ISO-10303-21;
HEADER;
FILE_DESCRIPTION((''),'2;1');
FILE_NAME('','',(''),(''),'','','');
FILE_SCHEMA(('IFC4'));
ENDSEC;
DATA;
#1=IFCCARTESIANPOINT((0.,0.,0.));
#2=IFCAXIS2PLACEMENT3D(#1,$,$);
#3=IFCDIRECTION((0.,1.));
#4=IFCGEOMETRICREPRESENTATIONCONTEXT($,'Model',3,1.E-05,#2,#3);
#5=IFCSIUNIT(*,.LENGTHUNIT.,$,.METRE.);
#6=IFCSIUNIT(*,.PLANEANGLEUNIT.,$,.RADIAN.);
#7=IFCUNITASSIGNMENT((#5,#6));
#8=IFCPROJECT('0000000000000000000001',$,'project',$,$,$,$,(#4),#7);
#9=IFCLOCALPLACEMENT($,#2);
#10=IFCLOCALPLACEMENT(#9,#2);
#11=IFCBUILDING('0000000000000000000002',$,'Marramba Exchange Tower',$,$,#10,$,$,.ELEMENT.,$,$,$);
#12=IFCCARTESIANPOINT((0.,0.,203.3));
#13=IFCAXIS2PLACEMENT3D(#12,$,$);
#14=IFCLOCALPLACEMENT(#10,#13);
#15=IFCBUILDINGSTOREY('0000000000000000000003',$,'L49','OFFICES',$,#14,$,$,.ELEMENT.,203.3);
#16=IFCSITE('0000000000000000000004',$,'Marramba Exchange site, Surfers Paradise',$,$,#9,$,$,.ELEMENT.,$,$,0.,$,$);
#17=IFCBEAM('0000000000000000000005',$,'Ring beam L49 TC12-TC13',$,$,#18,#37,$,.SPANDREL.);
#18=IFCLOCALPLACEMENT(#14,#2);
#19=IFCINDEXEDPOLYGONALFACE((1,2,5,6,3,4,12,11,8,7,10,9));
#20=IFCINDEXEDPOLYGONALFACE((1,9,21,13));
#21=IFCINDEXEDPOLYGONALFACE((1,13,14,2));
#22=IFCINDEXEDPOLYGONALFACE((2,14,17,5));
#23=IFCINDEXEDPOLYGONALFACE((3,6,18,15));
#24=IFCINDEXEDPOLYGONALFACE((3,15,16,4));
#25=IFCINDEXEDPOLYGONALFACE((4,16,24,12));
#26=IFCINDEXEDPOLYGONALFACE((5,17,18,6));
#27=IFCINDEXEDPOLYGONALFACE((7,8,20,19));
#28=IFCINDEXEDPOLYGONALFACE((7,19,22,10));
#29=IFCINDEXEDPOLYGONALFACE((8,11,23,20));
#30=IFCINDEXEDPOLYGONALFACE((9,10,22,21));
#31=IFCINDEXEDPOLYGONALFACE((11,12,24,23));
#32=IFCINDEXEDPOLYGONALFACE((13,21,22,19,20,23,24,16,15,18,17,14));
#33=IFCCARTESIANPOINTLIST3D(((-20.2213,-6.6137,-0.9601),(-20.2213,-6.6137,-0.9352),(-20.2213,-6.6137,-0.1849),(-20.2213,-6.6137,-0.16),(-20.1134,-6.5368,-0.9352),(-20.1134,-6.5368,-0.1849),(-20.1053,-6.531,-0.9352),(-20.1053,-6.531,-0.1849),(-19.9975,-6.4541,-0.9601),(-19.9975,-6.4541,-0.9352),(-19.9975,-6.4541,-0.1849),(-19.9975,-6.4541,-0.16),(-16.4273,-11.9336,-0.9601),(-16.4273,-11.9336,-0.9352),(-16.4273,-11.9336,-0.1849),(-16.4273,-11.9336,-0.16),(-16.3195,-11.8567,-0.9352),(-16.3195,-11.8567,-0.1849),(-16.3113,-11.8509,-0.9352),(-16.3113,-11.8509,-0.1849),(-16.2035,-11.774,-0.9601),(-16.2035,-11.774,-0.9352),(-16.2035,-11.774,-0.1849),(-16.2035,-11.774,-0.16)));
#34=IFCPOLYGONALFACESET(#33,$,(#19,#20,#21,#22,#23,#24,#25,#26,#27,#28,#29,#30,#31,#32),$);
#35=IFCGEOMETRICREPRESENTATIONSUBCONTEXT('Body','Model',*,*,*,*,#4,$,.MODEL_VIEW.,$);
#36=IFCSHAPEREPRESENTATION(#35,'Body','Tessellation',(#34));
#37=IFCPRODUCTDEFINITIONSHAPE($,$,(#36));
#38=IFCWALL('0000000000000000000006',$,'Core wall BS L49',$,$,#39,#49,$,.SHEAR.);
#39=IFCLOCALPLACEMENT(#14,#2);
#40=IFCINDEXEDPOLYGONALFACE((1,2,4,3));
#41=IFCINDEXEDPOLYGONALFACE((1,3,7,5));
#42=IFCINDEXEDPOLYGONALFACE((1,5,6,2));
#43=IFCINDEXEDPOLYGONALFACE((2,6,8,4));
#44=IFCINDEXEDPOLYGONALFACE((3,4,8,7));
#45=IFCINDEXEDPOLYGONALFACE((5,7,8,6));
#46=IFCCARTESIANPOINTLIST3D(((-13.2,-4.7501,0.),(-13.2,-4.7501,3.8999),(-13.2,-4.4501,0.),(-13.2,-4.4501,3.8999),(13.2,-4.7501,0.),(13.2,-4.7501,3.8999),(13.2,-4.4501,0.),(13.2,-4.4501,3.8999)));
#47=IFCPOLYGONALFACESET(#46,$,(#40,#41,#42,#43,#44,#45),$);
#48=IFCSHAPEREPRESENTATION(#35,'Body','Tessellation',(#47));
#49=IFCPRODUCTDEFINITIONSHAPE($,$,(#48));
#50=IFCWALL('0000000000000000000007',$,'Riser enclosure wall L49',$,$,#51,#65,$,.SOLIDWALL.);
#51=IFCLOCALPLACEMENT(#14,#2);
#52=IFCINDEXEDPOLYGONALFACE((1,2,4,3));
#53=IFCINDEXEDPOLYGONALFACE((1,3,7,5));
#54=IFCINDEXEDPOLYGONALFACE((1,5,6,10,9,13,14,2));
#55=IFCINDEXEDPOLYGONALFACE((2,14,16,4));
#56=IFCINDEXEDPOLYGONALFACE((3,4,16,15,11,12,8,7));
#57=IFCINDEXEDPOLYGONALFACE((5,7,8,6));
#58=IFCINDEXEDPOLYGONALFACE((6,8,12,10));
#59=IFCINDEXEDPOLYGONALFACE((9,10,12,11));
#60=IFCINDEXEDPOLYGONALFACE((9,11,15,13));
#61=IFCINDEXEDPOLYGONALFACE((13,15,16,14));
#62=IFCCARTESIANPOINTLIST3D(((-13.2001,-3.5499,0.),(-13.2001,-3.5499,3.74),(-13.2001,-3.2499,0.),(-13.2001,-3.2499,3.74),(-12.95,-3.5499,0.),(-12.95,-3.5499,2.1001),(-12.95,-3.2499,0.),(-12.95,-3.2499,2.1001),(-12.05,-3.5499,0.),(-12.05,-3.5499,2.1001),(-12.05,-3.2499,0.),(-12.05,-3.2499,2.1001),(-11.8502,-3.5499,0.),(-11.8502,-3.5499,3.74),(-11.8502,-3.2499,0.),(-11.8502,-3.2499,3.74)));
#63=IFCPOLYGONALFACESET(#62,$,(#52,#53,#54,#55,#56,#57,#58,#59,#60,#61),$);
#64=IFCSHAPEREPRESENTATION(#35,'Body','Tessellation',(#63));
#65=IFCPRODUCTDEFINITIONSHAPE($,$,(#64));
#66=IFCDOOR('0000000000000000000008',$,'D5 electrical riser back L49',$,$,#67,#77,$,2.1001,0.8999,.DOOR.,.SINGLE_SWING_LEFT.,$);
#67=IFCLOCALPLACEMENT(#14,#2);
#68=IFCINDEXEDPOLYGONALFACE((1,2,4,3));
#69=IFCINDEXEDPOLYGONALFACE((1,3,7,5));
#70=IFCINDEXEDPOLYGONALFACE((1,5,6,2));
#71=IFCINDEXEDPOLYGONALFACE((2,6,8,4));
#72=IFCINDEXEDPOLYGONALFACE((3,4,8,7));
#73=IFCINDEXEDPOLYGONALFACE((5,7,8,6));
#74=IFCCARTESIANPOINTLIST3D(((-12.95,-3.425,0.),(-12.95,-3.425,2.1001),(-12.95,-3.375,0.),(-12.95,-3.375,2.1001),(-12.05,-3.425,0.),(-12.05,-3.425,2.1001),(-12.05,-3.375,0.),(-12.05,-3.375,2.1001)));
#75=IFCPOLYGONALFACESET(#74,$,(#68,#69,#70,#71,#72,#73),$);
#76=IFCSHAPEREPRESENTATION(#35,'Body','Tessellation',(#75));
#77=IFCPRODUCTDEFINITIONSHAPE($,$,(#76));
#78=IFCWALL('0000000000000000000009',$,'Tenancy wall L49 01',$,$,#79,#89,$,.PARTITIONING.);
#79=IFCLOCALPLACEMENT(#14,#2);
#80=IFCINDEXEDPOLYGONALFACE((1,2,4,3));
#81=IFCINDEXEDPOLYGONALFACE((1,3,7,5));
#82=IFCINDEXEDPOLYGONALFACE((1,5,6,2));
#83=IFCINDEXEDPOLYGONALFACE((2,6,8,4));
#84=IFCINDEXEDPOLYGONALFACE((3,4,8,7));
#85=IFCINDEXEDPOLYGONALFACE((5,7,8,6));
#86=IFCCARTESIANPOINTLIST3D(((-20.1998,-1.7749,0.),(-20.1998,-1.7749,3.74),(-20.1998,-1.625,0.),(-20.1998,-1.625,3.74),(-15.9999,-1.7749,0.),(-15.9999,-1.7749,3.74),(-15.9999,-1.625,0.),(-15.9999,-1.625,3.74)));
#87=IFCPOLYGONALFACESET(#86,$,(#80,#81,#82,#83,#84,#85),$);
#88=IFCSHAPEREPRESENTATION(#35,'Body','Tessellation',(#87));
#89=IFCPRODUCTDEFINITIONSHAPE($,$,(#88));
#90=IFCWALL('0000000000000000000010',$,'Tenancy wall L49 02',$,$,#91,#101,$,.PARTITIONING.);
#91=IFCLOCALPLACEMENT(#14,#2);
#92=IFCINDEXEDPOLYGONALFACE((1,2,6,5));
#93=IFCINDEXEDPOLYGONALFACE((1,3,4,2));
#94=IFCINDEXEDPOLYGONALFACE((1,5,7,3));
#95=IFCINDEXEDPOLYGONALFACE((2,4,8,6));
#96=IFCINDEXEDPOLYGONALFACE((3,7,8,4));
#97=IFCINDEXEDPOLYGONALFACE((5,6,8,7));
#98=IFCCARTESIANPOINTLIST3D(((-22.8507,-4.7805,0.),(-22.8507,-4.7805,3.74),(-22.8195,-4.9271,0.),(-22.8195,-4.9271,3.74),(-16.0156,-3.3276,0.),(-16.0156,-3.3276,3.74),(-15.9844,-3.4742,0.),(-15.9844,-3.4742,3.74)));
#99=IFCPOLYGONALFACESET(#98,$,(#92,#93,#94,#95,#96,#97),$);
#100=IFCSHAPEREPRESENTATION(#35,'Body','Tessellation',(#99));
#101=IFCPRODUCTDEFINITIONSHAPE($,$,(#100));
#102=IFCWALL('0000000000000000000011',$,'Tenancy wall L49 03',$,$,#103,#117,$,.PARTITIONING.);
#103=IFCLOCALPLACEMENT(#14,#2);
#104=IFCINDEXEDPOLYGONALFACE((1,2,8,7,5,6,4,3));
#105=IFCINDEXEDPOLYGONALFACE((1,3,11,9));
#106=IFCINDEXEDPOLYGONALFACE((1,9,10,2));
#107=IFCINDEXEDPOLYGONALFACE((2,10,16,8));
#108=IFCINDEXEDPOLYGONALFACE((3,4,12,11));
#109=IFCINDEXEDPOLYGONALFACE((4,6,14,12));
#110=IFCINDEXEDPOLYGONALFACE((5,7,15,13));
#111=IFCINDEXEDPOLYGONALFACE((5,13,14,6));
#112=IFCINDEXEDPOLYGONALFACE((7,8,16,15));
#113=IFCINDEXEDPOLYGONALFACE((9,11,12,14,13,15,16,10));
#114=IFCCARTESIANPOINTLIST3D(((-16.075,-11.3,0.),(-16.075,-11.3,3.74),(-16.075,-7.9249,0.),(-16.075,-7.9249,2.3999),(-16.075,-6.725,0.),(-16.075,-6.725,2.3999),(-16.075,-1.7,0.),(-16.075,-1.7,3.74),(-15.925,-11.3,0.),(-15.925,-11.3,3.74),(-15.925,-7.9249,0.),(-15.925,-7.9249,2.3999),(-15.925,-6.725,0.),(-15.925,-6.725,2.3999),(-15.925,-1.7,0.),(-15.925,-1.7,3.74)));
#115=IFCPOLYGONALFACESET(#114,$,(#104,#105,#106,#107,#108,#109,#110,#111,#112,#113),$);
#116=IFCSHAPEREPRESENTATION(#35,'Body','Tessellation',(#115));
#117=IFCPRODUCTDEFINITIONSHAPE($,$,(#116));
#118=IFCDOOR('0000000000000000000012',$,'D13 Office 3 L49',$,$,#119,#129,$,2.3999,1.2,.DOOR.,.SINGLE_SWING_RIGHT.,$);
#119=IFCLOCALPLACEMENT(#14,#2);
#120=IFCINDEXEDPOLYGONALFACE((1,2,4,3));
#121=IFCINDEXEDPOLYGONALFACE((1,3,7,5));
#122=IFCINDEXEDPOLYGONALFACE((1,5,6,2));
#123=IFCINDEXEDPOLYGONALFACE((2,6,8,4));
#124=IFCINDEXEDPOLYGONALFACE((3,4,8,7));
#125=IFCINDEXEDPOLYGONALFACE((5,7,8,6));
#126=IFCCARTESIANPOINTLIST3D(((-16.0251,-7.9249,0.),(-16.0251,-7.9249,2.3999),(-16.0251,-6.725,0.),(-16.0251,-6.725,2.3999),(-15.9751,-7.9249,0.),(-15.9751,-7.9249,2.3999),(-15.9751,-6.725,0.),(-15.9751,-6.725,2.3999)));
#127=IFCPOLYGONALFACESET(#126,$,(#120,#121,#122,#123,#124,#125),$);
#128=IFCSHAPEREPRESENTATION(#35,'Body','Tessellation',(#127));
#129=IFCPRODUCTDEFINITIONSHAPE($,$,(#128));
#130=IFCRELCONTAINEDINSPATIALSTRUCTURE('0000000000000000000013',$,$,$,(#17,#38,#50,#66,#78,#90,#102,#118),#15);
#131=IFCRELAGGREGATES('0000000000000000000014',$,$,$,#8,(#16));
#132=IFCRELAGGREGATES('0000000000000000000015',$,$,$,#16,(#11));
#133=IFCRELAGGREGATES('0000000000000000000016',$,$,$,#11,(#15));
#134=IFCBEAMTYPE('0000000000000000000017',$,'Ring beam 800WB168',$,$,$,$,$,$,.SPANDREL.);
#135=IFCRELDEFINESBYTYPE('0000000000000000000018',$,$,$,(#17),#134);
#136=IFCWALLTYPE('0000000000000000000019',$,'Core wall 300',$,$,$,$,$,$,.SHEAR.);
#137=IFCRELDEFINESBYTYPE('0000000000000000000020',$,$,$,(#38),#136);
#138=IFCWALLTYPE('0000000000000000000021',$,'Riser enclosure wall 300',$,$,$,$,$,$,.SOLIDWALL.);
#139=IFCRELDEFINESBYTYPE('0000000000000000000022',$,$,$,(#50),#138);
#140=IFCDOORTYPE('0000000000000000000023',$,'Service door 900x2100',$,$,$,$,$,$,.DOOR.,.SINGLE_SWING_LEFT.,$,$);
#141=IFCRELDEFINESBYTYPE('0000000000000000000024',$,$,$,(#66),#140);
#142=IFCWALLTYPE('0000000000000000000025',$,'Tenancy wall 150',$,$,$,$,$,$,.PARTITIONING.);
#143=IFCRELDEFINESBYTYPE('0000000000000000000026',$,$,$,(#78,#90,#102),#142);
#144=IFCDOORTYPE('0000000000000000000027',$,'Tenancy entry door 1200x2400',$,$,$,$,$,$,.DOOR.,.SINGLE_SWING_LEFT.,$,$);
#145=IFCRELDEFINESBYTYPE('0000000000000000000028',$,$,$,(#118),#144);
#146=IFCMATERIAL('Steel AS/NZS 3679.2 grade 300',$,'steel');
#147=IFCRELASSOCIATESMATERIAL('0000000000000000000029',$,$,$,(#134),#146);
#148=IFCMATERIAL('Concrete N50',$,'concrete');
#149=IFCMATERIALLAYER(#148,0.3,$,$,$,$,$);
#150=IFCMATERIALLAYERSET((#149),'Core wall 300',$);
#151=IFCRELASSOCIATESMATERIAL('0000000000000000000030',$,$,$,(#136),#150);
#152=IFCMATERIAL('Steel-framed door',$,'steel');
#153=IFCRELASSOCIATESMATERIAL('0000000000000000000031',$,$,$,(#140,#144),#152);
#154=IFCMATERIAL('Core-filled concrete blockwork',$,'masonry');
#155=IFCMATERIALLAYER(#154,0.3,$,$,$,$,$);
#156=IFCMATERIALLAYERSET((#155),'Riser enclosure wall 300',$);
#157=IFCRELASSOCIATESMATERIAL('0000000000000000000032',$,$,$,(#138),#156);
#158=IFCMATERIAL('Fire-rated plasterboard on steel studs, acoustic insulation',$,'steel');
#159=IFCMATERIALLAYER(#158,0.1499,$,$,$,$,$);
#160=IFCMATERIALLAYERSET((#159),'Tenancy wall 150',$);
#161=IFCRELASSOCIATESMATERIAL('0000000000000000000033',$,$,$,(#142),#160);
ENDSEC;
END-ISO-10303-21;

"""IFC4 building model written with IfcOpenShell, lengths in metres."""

from ifc_helpers import new_model, si_unit, direction, frame, frame_2d, origin, origin_2d, place, context, subcontext, project, spatial, rectangle, i_section, extrude, material, layer, layer_set, material_profile, profile_set, type_object, element, fill, save


model = new_model("IFC4")

# Units and contexts
model_context = context("Model", 3, precision=1e-05, world=origin(), true_north=direction((0.0, 1.0)))
body_context = subcontext(model_context, "Body", "Model", "MODEL_VIEW")
ifc_project = project(units=[si_unit("LENGTHUNIT", "METRE"), si_unit("PLANEANGLEUNIT", "RADIAN")], contexts=[model_context])

# Site, building, storey
site_placement = place(None, origin())
site = spatial("IfcSite", under=ifc_project, at=site_placement, Name="Marramba Exchange site, Surfers Paradise", CompositionType="ELEMENT", RefElevation=0.0)
building_placement = place(site_placement, origin())
building = spatial("IfcBuilding", under=site, at=building_placement, Name="Marramba Exchange Tower", CompositionType="ELEMENT")
storey_placement = place(building_placement, frame((0.0, 0.0, 203.3)))
storey = spatial("IfcBuildingStorey", under=building, at=storey_placement, Name="L49", Description="OFFICES", CompositionType="ELEMENT", Elevation=203.3)

# Shared definitions
ifc_material_1 = material(Name="Concrete N50", Category="concrete")

# Beam
ifc_material_2 = material(Name="Steel AS/NZS 3679.2 grade 300", Category="steel")
ifc_material_profile_1 = material_profile(ifc_material_2, i_section(OverallWidth=0.2749, OverallDepth=0.8, WebThickness=0.01, FlangeThickness=0.0249, at=origin_2d()), Name="800WB168")
ifc_profile_set_1 = profile_set([ifc_material_profile_1], Name="Steel AS/NZS 3679.2 grade 300")
beam_type_1 = type_object("IfcBeamType", Name="Ring beam 800WB168", PredefinedType="SPANDREL", material=ifc_profile_set_1)
beam_1_placement = place(storey_placement, frame((-20.1094, -6.5339, -0.5601), z_axis=(0.580637, -0.814162, 0.0), x_axis=(0.814162, 0.580637, 0.0)))
element("IfcBeam", 1, at=beam_1_placement, inside=storey, type_object=beam_type_1, Name="Ring beam L49 TC12-TC13", PredefinedType="SPANDREL", context=body_context, shape_type="SweptSolid", body=[
    extrude(i_section(OverallWidth=0.2749, OverallDepth=0.8, WebThickness=0.01, FlangeThickness=0.0249, at=origin_2d()), origin(), (0.0, 0.0, 1.0), 6.5342),
])

# Shared definitions
ifc_layer_1 = layer(ifc_material_1, 0.3)
ifc_layer_set_1 = layer_set([ifc_layer_1], Name="Core wall 300")
wall_type_1 = type_object("IfcWallType", Name="Core wall 300", PredefinedType="SHEAR", material=ifc_layer_set_1)
ifc_material_3 = material(Name="Steel-framed door", Category="steel")
door_type_1 = type_object("IfcDoorType", Name="Service door 900x2100", OperationType="SINGLE_SWING_LEFT", PredefinedType="DOOR", material=ifc_material_3)

# Wall
wall_1_placement = place(storey_placement, frame((-13.2, -4.6001, 0.0), z_axis=(0.0, 0.0, 1.0), x_axis=(1.0, 0.0, 0.0)))
element("IfcWall", 2, at=wall_1_placement, inside=storey, type_object=wall_type_1, Name="Core wall BS L49", PredefinedType="SHEAR", context=body_context, shape_type="SweptSolid", body=[
    extrude(rectangle(XDim=26.3999, YDim=0.3, at=frame_2d((13.2, 0.0))), origin(), (0.0, 0.0, 1.0), 3.8999),
])

# Wall, opening, door
ifc_material_4 = material(Name="Core-filled concrete blockwork", Category="masonry")
ifc_layer_2 = layer(ifc_material_4, 0.3)
ifc_layer_set_2 = layer_set([ifc_layer_2], Name="Riser enclosure wall 300")
wall_type_2 = type_object("IfcWallType", Name="Riser enclosure wall 300", PredefinedType="SOLIDWALL", material=ifc_layer_set_2)
wall_2_placement = place(storey_placement, frame((-13.2, -3.3999, 0.0), z_axis=(0.0, 0.0, 1.0), x_axis=(1.0, 0.0, 0.0)))
wall_2 = element("IfcWall", 3, at=wall_2_placement, inside=storey, type_object=wall_type_2, Name="Riser enclosure wall L49", PredefinedType="SOLIDWALL", context=body_context, shape_type="SweptSolid", body=[
    extrude(rectangle(XDim=1.3499, YDim=0.3, at=frame_2d((0.6748, 0.0))), origin(), (0.0, 0.0, 1.0), 3.74),
])
opening_1_placement = place(wall_2_placement, frame((0.25, 0.0, 0.0)))
opening_1 = element("IfcOpeningElement", 4, at=opening_1_placement, cuts=wall_2, PredefinedType="OPENING", context=body_context, shape_type="SweptSolid", body=[
    extrude(rectangle(XDim=0.8999, YDim=2.1001, at=frame_2d((0.45, 1.05))), frame((0.0, 0.1599, 0.0), z_axis=(0.0, -1.0, 0.0), x_axis=(1.0, 0.0, 0.0)), (0.0, 0.0, 1.0), 0.3201),
])
door_1_placement = place(opening_1_placement, frame((0.8999, 0.0, 0.0), z_axis=(0.0, 0.0, 1.0), x_axis=(-1.0, 0.0, 0.0)))
door_1 = element("IfcDoor", 5, at=door_1_placement, inside=storey, type_object=door_type_1, Name="D5 electrical riser back L49", OperationType="SINGLE_SWING_LEFT", OverallHeight=2.1001, OverallWidth=0.8999, PredefinedType="DOOR", context=body_context, shape_type="SweptSolid", body=[
    extrude(rectangle(XDim=0.8999, YDim=2.1001, at=frame_2d((0.45, 1.05))), frame((0.0, 0.0251, 0.0), z_axis=(0.0, -1.0, 0.0), x_axis=(1.0, 0.0, 0.0)), (0.0, 0.0, 1.0), 0.05),
])
fill(opening_1, door_1)

# Walls
ifc_material_5 = material(Name="Fire-rated plasterboard on steel studs, acoustic insulation", Category="steel")
ifc_layer_3 = layer(ifc_material_5, 0.1499)
ifc_layer_set_3 = layer_set([ifc_layer_3], Name="Tenancy wall 150")
wall_type_3 = type_object("IfcWallType", Name="Tenancy wall 150", PredefinedType="PARTITIONING", material=ifc_layer_set_3)
wall_3_placement = place(storey_placement, frame((-20.2, -1.7, 0.0), z_axis=(0.0, 0.0, 1.0), x_axis=(1.0, 0.0, 0.0)))
element("IfcWall", 6, at=wall_3_placement, inside=storey, type_object=wall_type_3, Name="Tenancy wall L49 01", PredefinedType="PARTITIONING", context=body_context, shape_type="SweptSolid", body=[
    extrude(rectangle(XDim=4.2, YDim=0.1499, at=frame_2d((2.1001, 0.0))), origin(), (0.0, 0.0, 1.0), 3.74),
])
wall_4_placement = place(storey_placement, frame((-16.0, -3.4009, 0.0), z_axis=(0.0, 0.0, 1.0), x_axis=(-0.978146, -0.207921, 0.0)))
element("IfcWall", 7, at=wall_4_placement, inside=storey, type_object=wall_type_3, Name="Tenancy wall L49 02", PredefinedType="PARTITIONING", context=body_context, shape_type="SweptSolid", body=[
    extrude(rectangle(XDim=6.9878, YDim=0.1499, at=frame_2d((3.4939, 0.0))), origin(), (0.0, 0.0, 1.0), 3.74),
])

# Wall, opening, door
wall_5_placement = place(storey_placement, frame((-16.0, -1.7, 0.0), z_axis=(0.0, 0.0, 1.0), x_axis=(0.0, -1.0, 0.0)))
wall_5 = element("IfcWall", 8, at=wall_5_placement, inside=storey, type_object=wall_type_3, Name="Tenancy wall L49 03", PredefinedType="PARTITIONING", context=body_context, shape_type="SweptSolid", body=[
    extrude(rectangle(XDim=9.6001, YDim=0.1499, at=frame_2d((4.8, 0.0))), origin(), (0.0, 0.0, 1.0), 3.74),
])
opening_2_placement = place(wall_5_placement, frame((5.0249, 0.0, 0.0)))
opening_2 = element("IfcOpeningElement", 9, at=opening_2_placement, cuts=wall_5, PredefinedType="OPENING", context=body_context, shape_type="SweptSolid", body=[
    extrude(rectangle(XDim=1.2, YDim=2.3999, at=frame_2d((0.6001, 1.2))), frame((0.0, 0.085, 0.0), z_axis=(0.0, -1.0, 0.0), x_axis=(1.0, 0.0, 0.0)), (0.0, 0.0, 1.0), 0.1699),
])
door_type_2 = type_object("IfcDoorType", Name="Tenancy entry door 1200x2400", OperationType="SINGLE_SWING_LEFT", PredefinedType="DOOR", material=ifc_material_3)
door_2_placement = place(opening_2_placement, origin())
door_2 = element("IfcDoor", 10, at=door_2_placement, inside=storey, type_object=door_type_2, Name="D13 Office 3 L49", OperationType="SINGLE_SWING_RIGHT", OverallHeight=2.3999, OverallWidth=1.2, PredefinedType="DOOR", context=body_context, shape_type="SweptSolid", body=[
    extrude(rectangle(XDim=1.2, YDim=2.3999, at=frame_2d((0.6001, 1.2))), frame((0.0, 0.0249, 0.0), z_axis=(0.0, -1.0, 0.0), x_axis=(1.0, 0.0, 0.0)), (0.0, 0.0, 1.0), 0.05),
])
fill(opening_2, door_2)

save(model, "model.ifc")
